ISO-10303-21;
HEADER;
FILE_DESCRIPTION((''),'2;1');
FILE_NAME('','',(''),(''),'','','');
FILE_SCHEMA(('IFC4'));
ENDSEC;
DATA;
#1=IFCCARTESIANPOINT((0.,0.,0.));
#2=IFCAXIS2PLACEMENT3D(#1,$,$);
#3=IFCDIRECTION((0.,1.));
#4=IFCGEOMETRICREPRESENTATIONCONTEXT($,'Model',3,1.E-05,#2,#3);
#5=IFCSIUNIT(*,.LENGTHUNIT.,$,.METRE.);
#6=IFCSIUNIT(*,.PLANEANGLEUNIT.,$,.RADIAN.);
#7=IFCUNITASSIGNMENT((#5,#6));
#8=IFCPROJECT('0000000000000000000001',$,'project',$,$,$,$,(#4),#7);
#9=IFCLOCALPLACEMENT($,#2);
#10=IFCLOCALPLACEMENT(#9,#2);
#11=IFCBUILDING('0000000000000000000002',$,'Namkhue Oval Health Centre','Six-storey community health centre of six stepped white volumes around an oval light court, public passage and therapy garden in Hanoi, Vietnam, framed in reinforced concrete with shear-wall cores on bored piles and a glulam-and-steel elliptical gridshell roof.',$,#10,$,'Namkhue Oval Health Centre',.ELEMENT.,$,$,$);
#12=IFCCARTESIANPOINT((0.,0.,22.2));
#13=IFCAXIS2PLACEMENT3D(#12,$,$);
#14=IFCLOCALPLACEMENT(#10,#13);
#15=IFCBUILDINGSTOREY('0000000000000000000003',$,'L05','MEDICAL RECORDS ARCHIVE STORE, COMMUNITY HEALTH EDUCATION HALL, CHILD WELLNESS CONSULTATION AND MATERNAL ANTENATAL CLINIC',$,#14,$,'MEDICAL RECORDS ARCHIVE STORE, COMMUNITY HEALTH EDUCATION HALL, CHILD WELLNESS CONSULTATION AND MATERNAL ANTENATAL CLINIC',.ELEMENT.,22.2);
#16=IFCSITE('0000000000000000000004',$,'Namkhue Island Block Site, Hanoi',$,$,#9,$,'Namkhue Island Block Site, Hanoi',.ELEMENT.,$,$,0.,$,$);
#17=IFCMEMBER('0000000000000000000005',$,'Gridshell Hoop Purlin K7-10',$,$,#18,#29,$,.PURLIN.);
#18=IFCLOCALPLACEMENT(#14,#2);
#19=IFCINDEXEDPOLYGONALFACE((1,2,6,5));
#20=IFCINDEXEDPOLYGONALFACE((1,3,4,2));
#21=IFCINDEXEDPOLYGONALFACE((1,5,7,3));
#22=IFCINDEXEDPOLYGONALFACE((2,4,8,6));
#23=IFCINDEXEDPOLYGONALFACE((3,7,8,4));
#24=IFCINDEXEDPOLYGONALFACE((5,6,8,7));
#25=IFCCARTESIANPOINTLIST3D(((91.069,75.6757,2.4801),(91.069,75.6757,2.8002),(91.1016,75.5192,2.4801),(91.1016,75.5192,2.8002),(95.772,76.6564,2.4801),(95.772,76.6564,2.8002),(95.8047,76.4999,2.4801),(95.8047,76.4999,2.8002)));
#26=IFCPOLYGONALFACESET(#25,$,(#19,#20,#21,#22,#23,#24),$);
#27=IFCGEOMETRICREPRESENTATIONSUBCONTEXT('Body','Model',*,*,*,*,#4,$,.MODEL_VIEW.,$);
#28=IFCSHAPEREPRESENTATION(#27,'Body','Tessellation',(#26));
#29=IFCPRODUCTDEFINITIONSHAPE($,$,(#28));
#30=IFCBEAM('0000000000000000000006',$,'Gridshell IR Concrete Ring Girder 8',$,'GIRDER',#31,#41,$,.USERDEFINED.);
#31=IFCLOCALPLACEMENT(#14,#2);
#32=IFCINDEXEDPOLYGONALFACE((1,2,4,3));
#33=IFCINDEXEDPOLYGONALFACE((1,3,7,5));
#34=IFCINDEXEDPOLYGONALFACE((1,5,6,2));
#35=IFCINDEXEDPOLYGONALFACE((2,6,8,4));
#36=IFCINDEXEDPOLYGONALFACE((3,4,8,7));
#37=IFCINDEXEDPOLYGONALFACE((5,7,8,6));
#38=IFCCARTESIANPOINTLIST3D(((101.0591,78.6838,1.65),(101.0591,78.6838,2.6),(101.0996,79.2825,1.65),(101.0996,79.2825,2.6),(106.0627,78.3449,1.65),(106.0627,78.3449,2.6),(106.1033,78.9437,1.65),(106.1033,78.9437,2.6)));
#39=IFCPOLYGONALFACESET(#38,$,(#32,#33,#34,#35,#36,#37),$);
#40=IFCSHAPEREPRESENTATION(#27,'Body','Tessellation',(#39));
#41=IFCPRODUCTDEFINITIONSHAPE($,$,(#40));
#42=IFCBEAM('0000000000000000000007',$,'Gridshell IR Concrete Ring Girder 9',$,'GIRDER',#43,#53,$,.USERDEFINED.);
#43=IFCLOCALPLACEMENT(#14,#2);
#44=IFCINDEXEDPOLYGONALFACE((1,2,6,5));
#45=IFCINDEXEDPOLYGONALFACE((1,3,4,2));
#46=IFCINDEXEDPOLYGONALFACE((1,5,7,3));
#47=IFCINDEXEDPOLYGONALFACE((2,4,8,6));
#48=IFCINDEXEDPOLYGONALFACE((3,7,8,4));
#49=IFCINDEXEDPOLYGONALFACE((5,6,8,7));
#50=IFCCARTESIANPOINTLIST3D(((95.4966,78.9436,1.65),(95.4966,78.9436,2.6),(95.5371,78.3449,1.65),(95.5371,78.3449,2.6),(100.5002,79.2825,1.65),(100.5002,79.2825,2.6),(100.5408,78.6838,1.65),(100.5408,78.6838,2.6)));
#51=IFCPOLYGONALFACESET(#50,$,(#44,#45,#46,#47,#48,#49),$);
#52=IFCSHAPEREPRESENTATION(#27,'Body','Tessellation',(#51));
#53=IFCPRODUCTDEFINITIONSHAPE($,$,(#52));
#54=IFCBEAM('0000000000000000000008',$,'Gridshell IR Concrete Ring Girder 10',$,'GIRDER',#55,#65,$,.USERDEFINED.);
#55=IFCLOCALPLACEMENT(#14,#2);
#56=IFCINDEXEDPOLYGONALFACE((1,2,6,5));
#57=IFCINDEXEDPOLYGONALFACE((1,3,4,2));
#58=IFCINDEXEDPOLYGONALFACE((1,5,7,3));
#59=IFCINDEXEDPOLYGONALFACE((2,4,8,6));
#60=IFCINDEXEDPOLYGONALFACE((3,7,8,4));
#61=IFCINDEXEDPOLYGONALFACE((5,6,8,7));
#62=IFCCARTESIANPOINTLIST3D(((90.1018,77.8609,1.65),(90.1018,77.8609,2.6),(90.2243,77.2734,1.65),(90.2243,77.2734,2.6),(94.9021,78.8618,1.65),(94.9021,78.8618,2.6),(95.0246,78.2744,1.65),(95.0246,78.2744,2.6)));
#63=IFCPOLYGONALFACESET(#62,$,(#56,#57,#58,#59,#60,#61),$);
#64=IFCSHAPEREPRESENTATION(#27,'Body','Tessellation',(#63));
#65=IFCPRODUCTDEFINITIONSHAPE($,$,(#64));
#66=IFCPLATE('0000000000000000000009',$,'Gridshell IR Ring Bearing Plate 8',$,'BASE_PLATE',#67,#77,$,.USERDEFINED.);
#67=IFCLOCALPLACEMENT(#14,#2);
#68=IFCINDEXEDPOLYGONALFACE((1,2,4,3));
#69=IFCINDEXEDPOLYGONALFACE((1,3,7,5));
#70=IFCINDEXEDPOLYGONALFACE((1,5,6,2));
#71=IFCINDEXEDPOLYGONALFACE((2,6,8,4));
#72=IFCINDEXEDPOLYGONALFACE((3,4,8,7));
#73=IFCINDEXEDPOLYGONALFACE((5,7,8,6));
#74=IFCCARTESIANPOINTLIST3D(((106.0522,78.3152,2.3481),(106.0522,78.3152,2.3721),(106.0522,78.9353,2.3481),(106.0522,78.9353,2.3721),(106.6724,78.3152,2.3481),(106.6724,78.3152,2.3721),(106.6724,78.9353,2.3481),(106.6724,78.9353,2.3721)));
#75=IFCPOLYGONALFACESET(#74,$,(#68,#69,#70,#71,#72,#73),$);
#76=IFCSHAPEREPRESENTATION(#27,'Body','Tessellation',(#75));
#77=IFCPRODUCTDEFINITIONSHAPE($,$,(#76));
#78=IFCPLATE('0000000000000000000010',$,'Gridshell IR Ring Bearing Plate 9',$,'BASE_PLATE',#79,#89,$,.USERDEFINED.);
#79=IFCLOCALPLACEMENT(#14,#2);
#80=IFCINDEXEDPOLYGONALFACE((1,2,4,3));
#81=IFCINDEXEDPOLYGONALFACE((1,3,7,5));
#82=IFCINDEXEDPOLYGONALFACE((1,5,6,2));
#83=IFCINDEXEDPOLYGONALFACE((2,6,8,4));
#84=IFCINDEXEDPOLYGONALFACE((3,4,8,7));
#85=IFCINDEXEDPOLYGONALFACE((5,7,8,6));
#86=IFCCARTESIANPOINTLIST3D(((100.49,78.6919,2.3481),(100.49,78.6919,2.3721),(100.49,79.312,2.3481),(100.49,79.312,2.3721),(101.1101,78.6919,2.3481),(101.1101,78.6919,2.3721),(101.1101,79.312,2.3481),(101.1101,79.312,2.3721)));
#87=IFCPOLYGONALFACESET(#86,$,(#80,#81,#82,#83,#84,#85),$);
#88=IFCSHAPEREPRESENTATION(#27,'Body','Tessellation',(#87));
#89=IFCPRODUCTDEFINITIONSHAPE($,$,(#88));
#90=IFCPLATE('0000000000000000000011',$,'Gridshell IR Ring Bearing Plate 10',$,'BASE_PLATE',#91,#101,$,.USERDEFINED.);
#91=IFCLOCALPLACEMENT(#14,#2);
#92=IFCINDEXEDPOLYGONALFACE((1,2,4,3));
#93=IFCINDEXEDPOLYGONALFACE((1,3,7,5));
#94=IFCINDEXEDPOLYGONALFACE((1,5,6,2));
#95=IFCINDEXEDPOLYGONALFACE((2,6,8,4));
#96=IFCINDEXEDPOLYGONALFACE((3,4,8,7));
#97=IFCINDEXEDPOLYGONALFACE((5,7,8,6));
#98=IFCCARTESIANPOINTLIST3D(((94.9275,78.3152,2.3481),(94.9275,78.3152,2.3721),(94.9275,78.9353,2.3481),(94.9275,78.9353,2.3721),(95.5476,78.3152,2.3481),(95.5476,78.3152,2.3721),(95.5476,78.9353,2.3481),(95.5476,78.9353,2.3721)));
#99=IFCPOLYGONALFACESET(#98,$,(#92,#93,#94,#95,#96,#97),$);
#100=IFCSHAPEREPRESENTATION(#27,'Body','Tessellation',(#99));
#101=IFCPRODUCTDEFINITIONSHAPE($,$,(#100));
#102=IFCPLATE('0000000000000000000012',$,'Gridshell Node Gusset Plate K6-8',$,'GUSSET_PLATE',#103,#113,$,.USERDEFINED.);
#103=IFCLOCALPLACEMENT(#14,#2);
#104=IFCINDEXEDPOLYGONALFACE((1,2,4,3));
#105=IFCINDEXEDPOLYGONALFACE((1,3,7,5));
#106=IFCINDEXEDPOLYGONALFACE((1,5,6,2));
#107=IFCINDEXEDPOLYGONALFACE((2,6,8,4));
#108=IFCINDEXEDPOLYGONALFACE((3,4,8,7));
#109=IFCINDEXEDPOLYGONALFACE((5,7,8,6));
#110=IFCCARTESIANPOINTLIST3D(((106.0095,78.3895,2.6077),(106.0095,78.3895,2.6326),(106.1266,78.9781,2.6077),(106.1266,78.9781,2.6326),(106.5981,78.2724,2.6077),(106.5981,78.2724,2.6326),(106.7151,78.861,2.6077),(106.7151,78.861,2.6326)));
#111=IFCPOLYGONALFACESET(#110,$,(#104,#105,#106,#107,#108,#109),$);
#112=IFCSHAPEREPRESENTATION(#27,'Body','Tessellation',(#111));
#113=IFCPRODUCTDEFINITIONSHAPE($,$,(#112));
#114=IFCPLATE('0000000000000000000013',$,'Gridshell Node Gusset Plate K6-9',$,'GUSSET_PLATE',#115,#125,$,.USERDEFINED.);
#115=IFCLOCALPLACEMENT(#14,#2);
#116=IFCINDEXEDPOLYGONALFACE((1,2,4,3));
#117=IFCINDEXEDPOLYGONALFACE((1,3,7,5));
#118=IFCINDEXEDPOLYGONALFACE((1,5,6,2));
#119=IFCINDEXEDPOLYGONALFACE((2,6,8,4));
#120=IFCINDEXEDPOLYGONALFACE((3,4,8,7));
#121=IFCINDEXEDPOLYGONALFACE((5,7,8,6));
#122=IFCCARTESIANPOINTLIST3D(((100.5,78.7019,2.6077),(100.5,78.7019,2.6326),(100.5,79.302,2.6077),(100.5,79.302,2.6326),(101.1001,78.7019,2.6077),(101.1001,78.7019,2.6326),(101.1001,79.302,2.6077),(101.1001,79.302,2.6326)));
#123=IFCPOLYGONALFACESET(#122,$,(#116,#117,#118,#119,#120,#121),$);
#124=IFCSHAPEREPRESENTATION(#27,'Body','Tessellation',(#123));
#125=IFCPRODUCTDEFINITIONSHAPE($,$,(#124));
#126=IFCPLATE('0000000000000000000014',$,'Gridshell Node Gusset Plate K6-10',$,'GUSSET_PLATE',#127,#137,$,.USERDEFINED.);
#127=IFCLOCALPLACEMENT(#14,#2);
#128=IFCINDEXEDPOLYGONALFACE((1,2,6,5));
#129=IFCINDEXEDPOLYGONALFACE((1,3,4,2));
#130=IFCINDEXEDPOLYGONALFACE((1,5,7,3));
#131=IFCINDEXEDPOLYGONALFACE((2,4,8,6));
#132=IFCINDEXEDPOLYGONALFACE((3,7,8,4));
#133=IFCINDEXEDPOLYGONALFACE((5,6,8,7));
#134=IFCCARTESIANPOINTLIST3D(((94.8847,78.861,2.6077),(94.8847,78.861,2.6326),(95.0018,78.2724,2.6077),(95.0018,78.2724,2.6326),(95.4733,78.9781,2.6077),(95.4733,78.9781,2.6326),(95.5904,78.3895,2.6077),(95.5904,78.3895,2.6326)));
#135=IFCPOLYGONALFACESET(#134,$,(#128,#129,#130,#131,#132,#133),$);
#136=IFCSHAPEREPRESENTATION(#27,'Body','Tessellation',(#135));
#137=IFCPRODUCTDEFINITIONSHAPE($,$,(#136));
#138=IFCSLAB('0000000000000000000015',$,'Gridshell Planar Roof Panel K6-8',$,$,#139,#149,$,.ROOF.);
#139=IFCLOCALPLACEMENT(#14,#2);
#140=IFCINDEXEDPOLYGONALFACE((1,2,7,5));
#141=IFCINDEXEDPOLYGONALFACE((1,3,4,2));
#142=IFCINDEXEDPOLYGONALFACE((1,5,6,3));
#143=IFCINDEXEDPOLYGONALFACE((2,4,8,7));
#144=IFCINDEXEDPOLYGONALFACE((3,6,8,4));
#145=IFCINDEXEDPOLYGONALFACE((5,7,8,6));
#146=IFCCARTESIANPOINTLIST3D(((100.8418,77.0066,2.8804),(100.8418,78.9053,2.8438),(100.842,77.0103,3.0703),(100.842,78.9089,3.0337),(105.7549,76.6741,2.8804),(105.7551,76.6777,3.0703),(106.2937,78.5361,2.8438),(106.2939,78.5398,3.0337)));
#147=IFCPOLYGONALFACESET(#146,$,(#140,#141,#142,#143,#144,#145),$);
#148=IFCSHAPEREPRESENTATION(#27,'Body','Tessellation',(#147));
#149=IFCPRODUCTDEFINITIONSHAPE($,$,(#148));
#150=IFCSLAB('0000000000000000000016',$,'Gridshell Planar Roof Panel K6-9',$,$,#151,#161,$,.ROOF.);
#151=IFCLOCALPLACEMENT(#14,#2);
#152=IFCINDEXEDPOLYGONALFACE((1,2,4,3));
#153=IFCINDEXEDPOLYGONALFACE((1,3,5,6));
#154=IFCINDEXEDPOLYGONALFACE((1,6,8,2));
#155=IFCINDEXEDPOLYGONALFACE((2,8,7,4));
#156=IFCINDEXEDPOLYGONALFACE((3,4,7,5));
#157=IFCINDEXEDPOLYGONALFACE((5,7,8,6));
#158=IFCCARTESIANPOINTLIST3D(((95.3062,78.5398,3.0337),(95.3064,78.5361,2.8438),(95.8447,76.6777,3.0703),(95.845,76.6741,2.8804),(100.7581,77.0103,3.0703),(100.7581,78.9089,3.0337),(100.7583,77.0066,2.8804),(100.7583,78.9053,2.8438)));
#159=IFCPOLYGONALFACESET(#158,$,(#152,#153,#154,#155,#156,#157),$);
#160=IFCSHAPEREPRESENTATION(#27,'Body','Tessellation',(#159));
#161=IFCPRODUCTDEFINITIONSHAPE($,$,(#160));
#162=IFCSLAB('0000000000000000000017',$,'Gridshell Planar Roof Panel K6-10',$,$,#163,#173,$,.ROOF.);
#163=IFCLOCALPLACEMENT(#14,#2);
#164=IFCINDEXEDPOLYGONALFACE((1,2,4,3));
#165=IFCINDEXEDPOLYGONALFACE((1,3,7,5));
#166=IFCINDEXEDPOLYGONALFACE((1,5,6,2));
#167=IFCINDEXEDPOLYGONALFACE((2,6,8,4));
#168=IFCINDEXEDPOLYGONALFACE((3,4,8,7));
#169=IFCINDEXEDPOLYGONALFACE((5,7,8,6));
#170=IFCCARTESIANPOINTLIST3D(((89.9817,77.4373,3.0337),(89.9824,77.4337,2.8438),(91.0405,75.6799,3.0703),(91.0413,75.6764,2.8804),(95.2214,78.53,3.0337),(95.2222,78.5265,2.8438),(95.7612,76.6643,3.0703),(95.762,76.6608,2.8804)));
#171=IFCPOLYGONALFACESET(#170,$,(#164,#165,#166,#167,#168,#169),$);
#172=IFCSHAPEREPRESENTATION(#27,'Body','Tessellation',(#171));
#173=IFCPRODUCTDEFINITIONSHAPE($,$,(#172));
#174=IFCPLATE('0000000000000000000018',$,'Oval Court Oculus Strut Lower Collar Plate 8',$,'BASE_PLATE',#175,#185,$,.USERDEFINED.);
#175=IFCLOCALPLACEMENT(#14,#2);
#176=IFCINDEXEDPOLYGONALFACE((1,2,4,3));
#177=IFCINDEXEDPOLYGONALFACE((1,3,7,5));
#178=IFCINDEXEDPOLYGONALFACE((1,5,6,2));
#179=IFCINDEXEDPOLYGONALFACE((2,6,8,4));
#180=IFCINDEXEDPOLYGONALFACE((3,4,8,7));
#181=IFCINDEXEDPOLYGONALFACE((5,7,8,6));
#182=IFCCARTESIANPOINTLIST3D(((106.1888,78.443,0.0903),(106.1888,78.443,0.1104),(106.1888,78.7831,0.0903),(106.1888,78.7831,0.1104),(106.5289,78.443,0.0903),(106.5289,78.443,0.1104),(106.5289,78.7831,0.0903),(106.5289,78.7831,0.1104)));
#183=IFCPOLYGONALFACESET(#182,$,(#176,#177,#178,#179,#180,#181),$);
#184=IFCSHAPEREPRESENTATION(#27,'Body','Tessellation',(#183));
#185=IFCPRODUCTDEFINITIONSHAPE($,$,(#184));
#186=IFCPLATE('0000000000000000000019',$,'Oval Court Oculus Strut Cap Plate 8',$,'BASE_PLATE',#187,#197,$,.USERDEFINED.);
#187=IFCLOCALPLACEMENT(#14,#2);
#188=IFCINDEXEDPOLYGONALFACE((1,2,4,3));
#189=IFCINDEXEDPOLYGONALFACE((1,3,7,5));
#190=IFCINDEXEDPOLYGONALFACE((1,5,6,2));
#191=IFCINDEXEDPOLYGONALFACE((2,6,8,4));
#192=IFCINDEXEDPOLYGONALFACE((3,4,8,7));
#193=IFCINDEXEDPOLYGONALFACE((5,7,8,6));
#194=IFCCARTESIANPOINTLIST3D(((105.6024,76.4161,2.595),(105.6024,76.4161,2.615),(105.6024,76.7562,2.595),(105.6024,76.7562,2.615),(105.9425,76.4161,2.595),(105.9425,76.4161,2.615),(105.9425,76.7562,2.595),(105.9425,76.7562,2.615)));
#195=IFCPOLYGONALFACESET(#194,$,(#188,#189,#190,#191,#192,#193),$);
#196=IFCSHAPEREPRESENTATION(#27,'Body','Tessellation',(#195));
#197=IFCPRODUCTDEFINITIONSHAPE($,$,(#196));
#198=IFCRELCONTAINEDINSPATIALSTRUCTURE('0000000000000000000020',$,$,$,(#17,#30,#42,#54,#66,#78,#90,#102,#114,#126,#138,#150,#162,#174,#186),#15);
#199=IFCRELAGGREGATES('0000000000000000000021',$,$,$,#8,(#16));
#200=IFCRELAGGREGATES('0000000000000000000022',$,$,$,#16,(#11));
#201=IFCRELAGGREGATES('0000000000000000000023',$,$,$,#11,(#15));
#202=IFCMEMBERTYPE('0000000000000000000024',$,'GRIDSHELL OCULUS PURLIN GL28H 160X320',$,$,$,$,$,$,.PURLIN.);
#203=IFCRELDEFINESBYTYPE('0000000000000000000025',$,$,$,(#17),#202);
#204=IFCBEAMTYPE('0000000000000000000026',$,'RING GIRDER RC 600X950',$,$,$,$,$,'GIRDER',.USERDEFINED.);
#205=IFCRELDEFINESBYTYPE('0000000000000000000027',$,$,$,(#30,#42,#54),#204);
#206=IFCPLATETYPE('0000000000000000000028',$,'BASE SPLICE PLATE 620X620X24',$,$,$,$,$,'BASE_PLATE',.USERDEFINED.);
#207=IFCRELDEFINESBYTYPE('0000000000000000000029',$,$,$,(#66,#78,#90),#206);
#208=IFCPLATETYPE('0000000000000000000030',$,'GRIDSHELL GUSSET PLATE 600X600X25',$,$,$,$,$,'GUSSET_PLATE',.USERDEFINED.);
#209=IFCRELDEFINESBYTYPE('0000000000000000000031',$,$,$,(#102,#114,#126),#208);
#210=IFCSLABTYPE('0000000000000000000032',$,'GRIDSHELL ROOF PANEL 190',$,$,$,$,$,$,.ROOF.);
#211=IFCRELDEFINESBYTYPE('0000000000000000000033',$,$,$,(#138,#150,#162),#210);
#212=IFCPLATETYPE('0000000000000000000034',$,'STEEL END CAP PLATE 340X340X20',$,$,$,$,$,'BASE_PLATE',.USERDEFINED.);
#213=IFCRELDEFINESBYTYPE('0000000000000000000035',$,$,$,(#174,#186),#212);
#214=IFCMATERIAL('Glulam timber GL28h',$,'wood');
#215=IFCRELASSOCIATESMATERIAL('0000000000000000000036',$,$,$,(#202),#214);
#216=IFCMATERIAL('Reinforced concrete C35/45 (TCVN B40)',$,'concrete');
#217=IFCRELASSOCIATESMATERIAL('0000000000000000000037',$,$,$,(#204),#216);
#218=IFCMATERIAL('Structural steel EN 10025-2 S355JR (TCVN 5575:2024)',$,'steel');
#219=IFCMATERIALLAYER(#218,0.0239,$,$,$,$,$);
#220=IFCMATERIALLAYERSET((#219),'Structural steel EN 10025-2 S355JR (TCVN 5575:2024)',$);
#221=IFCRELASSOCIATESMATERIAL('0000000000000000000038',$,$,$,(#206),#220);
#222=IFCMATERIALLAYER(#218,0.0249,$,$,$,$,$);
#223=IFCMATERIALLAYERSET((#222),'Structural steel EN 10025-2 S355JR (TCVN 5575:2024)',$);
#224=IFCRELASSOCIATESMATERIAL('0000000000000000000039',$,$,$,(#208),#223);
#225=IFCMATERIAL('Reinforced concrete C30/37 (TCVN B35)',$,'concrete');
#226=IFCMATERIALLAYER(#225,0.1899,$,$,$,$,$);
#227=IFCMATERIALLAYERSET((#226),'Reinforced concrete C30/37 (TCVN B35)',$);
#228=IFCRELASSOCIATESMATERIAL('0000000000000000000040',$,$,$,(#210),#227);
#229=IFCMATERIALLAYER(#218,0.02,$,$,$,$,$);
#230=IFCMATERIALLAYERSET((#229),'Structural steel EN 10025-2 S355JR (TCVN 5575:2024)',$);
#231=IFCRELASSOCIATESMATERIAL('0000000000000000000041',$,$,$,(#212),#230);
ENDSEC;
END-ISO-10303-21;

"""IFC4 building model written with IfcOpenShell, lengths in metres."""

from ifc_helpers import new_model, si_unit, direction, frame, origin, origin_2d, place, context, subcontext, project, spatial, polyline, rectangle, outline, extrude, material, layer, layer_set, material_profile, profile_set, type_object, element, save


model = new_model("IFC4")

# Units and contexts
model_context = context("Model", 3, precision=1e-05, world=origin(), true_north=direction((0.0, 1.0)))
body_context = subcontext(model_context, "Body", "Model", "MODEL_VIEW")
ifc_project = project(units=[si_unit("LENGTHUNIT", "METRE"), si_unit("PLANEANGLEUNIT", "RADIAN")], contexts=[model_context])

# Site, building, storey
site_placement = place(None, origin())
site = spatial("IfcSite", under=ifc_project, at=site_placement, Name="Namkhue Island Block Site, Hanoi", LongName="Namkhue Island Block Site, Hanoi", CompositionType="ELEMENT", RefElevation=0.0)
building_placement = place(site_placement, origin())
building = spatial("IfcBuilding", under=site, at=building_placement, Name="Namkhue Oval Health Centre", Description="Six-storey community health centre of six stepped white volumes around an oval light court, public passage and therapy garden in Hanoi, Vietnam, framed in reinforced concrete with shear-wall cores on bored piles and a glulam-and-steel elliptical gridshell roof.", LongName="Namkhue Oval Health Centre", CompositionType="ELEMENT")
storey_placement = place(building_placement, frame((0.0, 0.0, 22.2)))
storey = spatial("IfcBuildingStorey", under=building, at=storey_placement, Name="L05", Description="MEDICAL RECORDS ARCHIVE STORE, COMMUNITY HEALTH EDUCATION HALL, CHILD WELLNESS CONSULTATION AND MATERNAL ANTENATAL CLINIC", LongName="MEDICAL RECORDS ARCHIVE STORE, COMMUNITY HEALTH EDUCATION HALL, CHILD WELLNESS CONSULTATION AND MATERNAL ANTENATAL CLINIC", CompositionType="ELEMENT", Elevation=22.2)

# Shared definitions
ifc_material_1 = material(Name="Reinforced concrete C35/45 (TCVN B40)", Category="concrete")

# Member
ifc_material_2 = material(Name="Structural steel EN 10025-2 S355JR (TCVN 5575:2024)", Category="steel")
ifc_material_3 = material(Name="Glulam timber GL28h", Category="wood")
ifc_material_profile_1 = material_profile(ifc_material_3, rectangle(XDim=0.1599, YDim=0.3201, at=origin_2d()), Name="GL28h 160x320")
ifc_profile_set_1 = profile_set([ifc_material_profile_1], Name="Glulam timber GL28h")
member_type_1 = type_object("IfcMemberType", Name="GRIDSHELL OCULUS PURLIN GL28H 160X320", PredefinedType="PURLIN", material=ifc_profile_set_1)
member_1_placement = place(storey_placement, frame((95.7883, 76.5781, 2.6401), z_axis=(-0.978943, -0.204133, 0.0), x_axis=(0.204133, -0.978943, 0.0)))
element("IfcMember", 1, at=member_1_placement, inside=storey, type_object=member_type_1, Name="Gridshell Hoop Purlin K7-10", PredefinedType="PURLIN", context=body_context, shape_type="SweptSolid", body=[
    extrude(rectangle(XDim=0.1599, YDim=0.3201, at=origin_2d()), origin(), (0.0, 0.0, 1.0), 4.8042),
])

# Beams
ifc_material_profile_2 = material_profile(ifc_material_1, rectangle(XDim=0.6001, YDim=0.95, at=origin_2d()), Name="RC 600x950")
ifc_profile_set_2 = profile_set([ifc_material_profile_2], Name="Reinforced concrete C35/45 (TCVN B40)")
beam_type = type_object("IfcBeamType", Name="RING GIRDER RC 600X950", ElementType="GIRDER", PredefinedType="USERDEFINED", material=ifc_profile_set_2)
for number, where, z_axis, x_axis, name in (
    (2, (106.083, 78.6443, 2.125), (-0.997715, 0.067569, 0.0), (-0.067569, -0.997715, 0.0), "Gridshell IR Concrete Ring Girder 8"),
    (3, (100.5205, 78.9832, 2.125), (-0.997715, -0.067569, 0.0), (0.067569, -0.997715, 0.0), "Gridshell IR Concrete Ring Girder 9"),
):
    element("IfcBeam", number, at=place(storey_placement, frame(where, z_axis=z_axis, x_axis=x_axis)), inside=storey, type_object=beam_type, Name=name, ObjectType="GIRDER", PredefinedType="USERDEFINED", context=body_context, shape_type="SweptSolid", body=[
        extrude(rectangle(XDim=0.6001, YDim=0.95, at=origin_2d()), origin(), (0.0, 0.0, 1.0), 5.0151),
    ])
beam_placement = place(storey_placement, frame((94.9634, 78.5681, 2.125), z_axis=(-0.978943, -0.204133, 0.0), x_axis=(0.204133, -0.978943, 0.0)))
element("IfcBeam", 4, at=beam_placement, inside=storey, type_object=beam_type, Name="Gridshell IR Concrete Ring Girder 10", ObjectType="GIRDER", PredefinedType="USERDEFINED", context=body_context, shape_type="SweptSolid", body=[
    extrude(rectangle(XDim=0.6001, YDim=0.95, at=origin_2d()), origin(), (0.0, 0.0, 1.0), 4.9036),
])

# Plates
ifc_layer_1 = layer(ifc_material_2, 0.0239)
ifc_layer_set_1 = layer_set([ifc_layer_1], Name="Structural steel EN 10025-2 S355JR (TCVN 5575:2024)")
plate_type_1 = type_object("IfcPlateType", Name="BASE SPLICE PLATE 620X620X24", ElementType="BASE_PLATE", PredefinedType="USERDEFINED", material=ifc_layer_set_1)
for number, where, z_axis, x_axis, name in (
    (5, (106.3623, 78.6252, 2.3481), (0.0, 0.0, 1.0), (1.0, 0.0, 0.0), "Gridshell IR Ring Bearing Plate 8"),
    (6, (100.8, 79.002, 2.3481), (0.0, 0.0, 1.0), (1.0, 0.0, 0.0), "Gridshell IR Ring Bearing Plate 9"),
    (7, (95.2375, 78.6252, 2.3481), (0.0, 0.0, 1.0), (1.0, 0.0, 0.0), "Gridshell IR Ring Bearing Plate 10"),
):
    element("IfcPlate", number, at=place(storey_placement, frame(where, z_axis=z_axis, x_axis=x_axis)), inside=storey, type_object=plate_type_1, Name=name, ObjectType="BASE_PLATE", PredefinedType="USERDEFINED", context=body_context, shape_type="SweptSolid", body=[
        extrude(rectangle(XDim=0.6201, YDim=0.6201, at=origin_2d()), origin(), (0.0, 0.0, 1.0), 0.0239),
    ])
ifc_layer_2 = layer(ifc_material_2, 0.0249)
ifc_layer_set_2 = layer_set([ifc_layer_2], Name="Structural steel EN 10025-2 S355JR (TCVN 5575:2024)")
plate_type_2 = type_object("IfcPlateType", Name="GRIDSHELL GUSSET PLATE 600X600X25", ElementType="GUSSET_PLATE", PredefinedType="USERDEFINED", material=ifc_layer_set_2)
for number, where, z_axis, x_axis, name in (
    (8, (106.3623, 78.6252, 2.6077), (0.0, 0.0, 1.0), (0.19509, 0.980785, 0.0), "Gridshell Node Gusset Plate K6-8"),
    (9, (100.8, 79.002, 2.6077), (0.0, 0.0, 1.0), (0.0, 1.0, 0.0), "Gridshell Node Gusset Plate K6-9"),
    (10, (95.2375, 78.6252, 2.6077), (0.0, 0.0, 1.0), (-0.19509, 0.980785, 0.0), "Gridshell Node Gusset Plate K6-10"),
):
    element("IfcPlate", number, at=place(storey_placement, frame(where, z_axis=z_axis, x_axis=x_axis)), inside=storey, type_object=plate_type_2, Name=name, ObjectType="GUSSET_PLATE", PredefinedType="USERDEFINED", context=body_context, shape_type="SweptSolid", body=[
        extrude(rectangle(XDim=0.6001, YDim=0.6001, at=origin_2d()), origin(), (0.0, 0.0, 1.0), 0.0249),
    ])

# Slabs
ifc_material_4 = material(Name="Reinforced concrete C30/37 (TCVN B35)", Category="concrete")
ifc_layer_3 = layer(ifc_material_4, 0.1899)
ifc_layer_set_3 = layer_set([ifc_layer_3], Name="Reinforced concrete C30/37 (TCVN B35)")
slab_type = type_object("IfcSlabType", Name="GRIDSHELL ROOF PANEL 190", PredefinedType="ROOF", material=ifc_layer_set_3)
slab_1_placement = place(storey_placement, frame((106.2939, 78.5398, 3.0337), z_axis=(0.001305, 0.019285, 0.999813), x_axis=(-0.997716, 0.067554, 0.0)))
element("IfcSlab", 11, at=slab_1_placement, inside=storey, type_object=slab_type, Name="Gridshell Planar Roof Panel K6-8", PredefinedType="ROOF", context=body_context, shape_type="SweptSolid", body=[
    extrude(outline(polyline([(0.0, 0.0), (5.4644, 0.0), (5.3361, 1.8947), (0.4118, 1.8946), (0.0, 0.0)])), origin(), (0.0, 0.0, -1.0), 0.1899),
])
slab_2_placement = place(storey_placement, frame((100.7581, 78.9089, 3.0337), z_axis=(-0.001305, 0.019285, 0.999813), x_axis=(-0.997716, -0.067554, 0.0)))
element("IfcSlab", 12, at=slab_2_placement, inside=storey, type_object=slab_type, Name="Gridshell Planar Roof Panel K6-9", PredefinedType="ROOF", context=body_context, shape_type="SweptSolid", body=[
    extrude(outline(polyline([(0.0, 0.0), (5.4644, 0.0), (5.0528, 1.8945), (0.1283, 1.8947), (0.0, 0.0)])), origin(), (0.0, 0.0, -1.0), 0.1899),
])
slab_3_placement = place(storey_placement, frame((95.2214, 78.53, 3.0337), z_axis=(-0.00386, 0.018509, 0.999821), x_axis=(-0.978937, -0.204162, 0.0)))
element("IfcSlab", 13, at=slab_3_placement, inside=storey, type_object=slab_type, Name="Gridshell Planar Roof Panel K6-10", PredefinedType="ROOF", context=body_context, shape_type="SweptSolid", body=[
    extrude(outline(polyline([(0.0, 0.0), (5.3525, 0.0), (4.6747, 1.9368), (-0.1475, 1.937), (0.0, 0.0)])), origin(), (0.0, 0.0, -1.0), 0.1899),
])

# Plates
ifc_layer_4 = layer(ifc_material_2, 0.02)
ifc_layer_set_4 = layer_set([ifc_layer_4], Name="Structural steel EN 10025-2 S355JR (TCVN 5575:2024)")
plate_type_3 = type_object("IfcPlateType", Name="STEEL END CAP PLATE 340X340X20", ElementType="BASE_PLATE", PredefinedType="USERDEFINED", material=ifc_layer_set_4)
for number, where, z_axis, x_axis, name in (
    (14, (106.3589, 78.613, 0.0903), (0.0, 0.0, 1.0), (1.0, 0.0, 0.0), "Oval Court Oculus Strut Lower Collar Plate 8"),
    (15, (105.7725, 76.5862, 2.595), (0.0, 0.0, 1.0), (1.0, 0.0, 0.0), "Oval Court Oculus Strut Cap Plate 8"),
):
    element("IfcPlate", number, at=place(storey_placement, frame(where, z_axis=z_axis, x_axis=x_axis)), inside=storey, type_object=plate_type_3, Name=name, ObjectType="BASE_PLATE", PredefinedType="USERDEFINED", context=body_context, shape_type="SweptSolid", body=[
        extrude(rectangle(XDim=0.3401, YDim=0.3401, at=origin_2d()), origin(), (0.0, 0.0, 1.0), 0.02),
    ])

save(model, "model.ifc")
